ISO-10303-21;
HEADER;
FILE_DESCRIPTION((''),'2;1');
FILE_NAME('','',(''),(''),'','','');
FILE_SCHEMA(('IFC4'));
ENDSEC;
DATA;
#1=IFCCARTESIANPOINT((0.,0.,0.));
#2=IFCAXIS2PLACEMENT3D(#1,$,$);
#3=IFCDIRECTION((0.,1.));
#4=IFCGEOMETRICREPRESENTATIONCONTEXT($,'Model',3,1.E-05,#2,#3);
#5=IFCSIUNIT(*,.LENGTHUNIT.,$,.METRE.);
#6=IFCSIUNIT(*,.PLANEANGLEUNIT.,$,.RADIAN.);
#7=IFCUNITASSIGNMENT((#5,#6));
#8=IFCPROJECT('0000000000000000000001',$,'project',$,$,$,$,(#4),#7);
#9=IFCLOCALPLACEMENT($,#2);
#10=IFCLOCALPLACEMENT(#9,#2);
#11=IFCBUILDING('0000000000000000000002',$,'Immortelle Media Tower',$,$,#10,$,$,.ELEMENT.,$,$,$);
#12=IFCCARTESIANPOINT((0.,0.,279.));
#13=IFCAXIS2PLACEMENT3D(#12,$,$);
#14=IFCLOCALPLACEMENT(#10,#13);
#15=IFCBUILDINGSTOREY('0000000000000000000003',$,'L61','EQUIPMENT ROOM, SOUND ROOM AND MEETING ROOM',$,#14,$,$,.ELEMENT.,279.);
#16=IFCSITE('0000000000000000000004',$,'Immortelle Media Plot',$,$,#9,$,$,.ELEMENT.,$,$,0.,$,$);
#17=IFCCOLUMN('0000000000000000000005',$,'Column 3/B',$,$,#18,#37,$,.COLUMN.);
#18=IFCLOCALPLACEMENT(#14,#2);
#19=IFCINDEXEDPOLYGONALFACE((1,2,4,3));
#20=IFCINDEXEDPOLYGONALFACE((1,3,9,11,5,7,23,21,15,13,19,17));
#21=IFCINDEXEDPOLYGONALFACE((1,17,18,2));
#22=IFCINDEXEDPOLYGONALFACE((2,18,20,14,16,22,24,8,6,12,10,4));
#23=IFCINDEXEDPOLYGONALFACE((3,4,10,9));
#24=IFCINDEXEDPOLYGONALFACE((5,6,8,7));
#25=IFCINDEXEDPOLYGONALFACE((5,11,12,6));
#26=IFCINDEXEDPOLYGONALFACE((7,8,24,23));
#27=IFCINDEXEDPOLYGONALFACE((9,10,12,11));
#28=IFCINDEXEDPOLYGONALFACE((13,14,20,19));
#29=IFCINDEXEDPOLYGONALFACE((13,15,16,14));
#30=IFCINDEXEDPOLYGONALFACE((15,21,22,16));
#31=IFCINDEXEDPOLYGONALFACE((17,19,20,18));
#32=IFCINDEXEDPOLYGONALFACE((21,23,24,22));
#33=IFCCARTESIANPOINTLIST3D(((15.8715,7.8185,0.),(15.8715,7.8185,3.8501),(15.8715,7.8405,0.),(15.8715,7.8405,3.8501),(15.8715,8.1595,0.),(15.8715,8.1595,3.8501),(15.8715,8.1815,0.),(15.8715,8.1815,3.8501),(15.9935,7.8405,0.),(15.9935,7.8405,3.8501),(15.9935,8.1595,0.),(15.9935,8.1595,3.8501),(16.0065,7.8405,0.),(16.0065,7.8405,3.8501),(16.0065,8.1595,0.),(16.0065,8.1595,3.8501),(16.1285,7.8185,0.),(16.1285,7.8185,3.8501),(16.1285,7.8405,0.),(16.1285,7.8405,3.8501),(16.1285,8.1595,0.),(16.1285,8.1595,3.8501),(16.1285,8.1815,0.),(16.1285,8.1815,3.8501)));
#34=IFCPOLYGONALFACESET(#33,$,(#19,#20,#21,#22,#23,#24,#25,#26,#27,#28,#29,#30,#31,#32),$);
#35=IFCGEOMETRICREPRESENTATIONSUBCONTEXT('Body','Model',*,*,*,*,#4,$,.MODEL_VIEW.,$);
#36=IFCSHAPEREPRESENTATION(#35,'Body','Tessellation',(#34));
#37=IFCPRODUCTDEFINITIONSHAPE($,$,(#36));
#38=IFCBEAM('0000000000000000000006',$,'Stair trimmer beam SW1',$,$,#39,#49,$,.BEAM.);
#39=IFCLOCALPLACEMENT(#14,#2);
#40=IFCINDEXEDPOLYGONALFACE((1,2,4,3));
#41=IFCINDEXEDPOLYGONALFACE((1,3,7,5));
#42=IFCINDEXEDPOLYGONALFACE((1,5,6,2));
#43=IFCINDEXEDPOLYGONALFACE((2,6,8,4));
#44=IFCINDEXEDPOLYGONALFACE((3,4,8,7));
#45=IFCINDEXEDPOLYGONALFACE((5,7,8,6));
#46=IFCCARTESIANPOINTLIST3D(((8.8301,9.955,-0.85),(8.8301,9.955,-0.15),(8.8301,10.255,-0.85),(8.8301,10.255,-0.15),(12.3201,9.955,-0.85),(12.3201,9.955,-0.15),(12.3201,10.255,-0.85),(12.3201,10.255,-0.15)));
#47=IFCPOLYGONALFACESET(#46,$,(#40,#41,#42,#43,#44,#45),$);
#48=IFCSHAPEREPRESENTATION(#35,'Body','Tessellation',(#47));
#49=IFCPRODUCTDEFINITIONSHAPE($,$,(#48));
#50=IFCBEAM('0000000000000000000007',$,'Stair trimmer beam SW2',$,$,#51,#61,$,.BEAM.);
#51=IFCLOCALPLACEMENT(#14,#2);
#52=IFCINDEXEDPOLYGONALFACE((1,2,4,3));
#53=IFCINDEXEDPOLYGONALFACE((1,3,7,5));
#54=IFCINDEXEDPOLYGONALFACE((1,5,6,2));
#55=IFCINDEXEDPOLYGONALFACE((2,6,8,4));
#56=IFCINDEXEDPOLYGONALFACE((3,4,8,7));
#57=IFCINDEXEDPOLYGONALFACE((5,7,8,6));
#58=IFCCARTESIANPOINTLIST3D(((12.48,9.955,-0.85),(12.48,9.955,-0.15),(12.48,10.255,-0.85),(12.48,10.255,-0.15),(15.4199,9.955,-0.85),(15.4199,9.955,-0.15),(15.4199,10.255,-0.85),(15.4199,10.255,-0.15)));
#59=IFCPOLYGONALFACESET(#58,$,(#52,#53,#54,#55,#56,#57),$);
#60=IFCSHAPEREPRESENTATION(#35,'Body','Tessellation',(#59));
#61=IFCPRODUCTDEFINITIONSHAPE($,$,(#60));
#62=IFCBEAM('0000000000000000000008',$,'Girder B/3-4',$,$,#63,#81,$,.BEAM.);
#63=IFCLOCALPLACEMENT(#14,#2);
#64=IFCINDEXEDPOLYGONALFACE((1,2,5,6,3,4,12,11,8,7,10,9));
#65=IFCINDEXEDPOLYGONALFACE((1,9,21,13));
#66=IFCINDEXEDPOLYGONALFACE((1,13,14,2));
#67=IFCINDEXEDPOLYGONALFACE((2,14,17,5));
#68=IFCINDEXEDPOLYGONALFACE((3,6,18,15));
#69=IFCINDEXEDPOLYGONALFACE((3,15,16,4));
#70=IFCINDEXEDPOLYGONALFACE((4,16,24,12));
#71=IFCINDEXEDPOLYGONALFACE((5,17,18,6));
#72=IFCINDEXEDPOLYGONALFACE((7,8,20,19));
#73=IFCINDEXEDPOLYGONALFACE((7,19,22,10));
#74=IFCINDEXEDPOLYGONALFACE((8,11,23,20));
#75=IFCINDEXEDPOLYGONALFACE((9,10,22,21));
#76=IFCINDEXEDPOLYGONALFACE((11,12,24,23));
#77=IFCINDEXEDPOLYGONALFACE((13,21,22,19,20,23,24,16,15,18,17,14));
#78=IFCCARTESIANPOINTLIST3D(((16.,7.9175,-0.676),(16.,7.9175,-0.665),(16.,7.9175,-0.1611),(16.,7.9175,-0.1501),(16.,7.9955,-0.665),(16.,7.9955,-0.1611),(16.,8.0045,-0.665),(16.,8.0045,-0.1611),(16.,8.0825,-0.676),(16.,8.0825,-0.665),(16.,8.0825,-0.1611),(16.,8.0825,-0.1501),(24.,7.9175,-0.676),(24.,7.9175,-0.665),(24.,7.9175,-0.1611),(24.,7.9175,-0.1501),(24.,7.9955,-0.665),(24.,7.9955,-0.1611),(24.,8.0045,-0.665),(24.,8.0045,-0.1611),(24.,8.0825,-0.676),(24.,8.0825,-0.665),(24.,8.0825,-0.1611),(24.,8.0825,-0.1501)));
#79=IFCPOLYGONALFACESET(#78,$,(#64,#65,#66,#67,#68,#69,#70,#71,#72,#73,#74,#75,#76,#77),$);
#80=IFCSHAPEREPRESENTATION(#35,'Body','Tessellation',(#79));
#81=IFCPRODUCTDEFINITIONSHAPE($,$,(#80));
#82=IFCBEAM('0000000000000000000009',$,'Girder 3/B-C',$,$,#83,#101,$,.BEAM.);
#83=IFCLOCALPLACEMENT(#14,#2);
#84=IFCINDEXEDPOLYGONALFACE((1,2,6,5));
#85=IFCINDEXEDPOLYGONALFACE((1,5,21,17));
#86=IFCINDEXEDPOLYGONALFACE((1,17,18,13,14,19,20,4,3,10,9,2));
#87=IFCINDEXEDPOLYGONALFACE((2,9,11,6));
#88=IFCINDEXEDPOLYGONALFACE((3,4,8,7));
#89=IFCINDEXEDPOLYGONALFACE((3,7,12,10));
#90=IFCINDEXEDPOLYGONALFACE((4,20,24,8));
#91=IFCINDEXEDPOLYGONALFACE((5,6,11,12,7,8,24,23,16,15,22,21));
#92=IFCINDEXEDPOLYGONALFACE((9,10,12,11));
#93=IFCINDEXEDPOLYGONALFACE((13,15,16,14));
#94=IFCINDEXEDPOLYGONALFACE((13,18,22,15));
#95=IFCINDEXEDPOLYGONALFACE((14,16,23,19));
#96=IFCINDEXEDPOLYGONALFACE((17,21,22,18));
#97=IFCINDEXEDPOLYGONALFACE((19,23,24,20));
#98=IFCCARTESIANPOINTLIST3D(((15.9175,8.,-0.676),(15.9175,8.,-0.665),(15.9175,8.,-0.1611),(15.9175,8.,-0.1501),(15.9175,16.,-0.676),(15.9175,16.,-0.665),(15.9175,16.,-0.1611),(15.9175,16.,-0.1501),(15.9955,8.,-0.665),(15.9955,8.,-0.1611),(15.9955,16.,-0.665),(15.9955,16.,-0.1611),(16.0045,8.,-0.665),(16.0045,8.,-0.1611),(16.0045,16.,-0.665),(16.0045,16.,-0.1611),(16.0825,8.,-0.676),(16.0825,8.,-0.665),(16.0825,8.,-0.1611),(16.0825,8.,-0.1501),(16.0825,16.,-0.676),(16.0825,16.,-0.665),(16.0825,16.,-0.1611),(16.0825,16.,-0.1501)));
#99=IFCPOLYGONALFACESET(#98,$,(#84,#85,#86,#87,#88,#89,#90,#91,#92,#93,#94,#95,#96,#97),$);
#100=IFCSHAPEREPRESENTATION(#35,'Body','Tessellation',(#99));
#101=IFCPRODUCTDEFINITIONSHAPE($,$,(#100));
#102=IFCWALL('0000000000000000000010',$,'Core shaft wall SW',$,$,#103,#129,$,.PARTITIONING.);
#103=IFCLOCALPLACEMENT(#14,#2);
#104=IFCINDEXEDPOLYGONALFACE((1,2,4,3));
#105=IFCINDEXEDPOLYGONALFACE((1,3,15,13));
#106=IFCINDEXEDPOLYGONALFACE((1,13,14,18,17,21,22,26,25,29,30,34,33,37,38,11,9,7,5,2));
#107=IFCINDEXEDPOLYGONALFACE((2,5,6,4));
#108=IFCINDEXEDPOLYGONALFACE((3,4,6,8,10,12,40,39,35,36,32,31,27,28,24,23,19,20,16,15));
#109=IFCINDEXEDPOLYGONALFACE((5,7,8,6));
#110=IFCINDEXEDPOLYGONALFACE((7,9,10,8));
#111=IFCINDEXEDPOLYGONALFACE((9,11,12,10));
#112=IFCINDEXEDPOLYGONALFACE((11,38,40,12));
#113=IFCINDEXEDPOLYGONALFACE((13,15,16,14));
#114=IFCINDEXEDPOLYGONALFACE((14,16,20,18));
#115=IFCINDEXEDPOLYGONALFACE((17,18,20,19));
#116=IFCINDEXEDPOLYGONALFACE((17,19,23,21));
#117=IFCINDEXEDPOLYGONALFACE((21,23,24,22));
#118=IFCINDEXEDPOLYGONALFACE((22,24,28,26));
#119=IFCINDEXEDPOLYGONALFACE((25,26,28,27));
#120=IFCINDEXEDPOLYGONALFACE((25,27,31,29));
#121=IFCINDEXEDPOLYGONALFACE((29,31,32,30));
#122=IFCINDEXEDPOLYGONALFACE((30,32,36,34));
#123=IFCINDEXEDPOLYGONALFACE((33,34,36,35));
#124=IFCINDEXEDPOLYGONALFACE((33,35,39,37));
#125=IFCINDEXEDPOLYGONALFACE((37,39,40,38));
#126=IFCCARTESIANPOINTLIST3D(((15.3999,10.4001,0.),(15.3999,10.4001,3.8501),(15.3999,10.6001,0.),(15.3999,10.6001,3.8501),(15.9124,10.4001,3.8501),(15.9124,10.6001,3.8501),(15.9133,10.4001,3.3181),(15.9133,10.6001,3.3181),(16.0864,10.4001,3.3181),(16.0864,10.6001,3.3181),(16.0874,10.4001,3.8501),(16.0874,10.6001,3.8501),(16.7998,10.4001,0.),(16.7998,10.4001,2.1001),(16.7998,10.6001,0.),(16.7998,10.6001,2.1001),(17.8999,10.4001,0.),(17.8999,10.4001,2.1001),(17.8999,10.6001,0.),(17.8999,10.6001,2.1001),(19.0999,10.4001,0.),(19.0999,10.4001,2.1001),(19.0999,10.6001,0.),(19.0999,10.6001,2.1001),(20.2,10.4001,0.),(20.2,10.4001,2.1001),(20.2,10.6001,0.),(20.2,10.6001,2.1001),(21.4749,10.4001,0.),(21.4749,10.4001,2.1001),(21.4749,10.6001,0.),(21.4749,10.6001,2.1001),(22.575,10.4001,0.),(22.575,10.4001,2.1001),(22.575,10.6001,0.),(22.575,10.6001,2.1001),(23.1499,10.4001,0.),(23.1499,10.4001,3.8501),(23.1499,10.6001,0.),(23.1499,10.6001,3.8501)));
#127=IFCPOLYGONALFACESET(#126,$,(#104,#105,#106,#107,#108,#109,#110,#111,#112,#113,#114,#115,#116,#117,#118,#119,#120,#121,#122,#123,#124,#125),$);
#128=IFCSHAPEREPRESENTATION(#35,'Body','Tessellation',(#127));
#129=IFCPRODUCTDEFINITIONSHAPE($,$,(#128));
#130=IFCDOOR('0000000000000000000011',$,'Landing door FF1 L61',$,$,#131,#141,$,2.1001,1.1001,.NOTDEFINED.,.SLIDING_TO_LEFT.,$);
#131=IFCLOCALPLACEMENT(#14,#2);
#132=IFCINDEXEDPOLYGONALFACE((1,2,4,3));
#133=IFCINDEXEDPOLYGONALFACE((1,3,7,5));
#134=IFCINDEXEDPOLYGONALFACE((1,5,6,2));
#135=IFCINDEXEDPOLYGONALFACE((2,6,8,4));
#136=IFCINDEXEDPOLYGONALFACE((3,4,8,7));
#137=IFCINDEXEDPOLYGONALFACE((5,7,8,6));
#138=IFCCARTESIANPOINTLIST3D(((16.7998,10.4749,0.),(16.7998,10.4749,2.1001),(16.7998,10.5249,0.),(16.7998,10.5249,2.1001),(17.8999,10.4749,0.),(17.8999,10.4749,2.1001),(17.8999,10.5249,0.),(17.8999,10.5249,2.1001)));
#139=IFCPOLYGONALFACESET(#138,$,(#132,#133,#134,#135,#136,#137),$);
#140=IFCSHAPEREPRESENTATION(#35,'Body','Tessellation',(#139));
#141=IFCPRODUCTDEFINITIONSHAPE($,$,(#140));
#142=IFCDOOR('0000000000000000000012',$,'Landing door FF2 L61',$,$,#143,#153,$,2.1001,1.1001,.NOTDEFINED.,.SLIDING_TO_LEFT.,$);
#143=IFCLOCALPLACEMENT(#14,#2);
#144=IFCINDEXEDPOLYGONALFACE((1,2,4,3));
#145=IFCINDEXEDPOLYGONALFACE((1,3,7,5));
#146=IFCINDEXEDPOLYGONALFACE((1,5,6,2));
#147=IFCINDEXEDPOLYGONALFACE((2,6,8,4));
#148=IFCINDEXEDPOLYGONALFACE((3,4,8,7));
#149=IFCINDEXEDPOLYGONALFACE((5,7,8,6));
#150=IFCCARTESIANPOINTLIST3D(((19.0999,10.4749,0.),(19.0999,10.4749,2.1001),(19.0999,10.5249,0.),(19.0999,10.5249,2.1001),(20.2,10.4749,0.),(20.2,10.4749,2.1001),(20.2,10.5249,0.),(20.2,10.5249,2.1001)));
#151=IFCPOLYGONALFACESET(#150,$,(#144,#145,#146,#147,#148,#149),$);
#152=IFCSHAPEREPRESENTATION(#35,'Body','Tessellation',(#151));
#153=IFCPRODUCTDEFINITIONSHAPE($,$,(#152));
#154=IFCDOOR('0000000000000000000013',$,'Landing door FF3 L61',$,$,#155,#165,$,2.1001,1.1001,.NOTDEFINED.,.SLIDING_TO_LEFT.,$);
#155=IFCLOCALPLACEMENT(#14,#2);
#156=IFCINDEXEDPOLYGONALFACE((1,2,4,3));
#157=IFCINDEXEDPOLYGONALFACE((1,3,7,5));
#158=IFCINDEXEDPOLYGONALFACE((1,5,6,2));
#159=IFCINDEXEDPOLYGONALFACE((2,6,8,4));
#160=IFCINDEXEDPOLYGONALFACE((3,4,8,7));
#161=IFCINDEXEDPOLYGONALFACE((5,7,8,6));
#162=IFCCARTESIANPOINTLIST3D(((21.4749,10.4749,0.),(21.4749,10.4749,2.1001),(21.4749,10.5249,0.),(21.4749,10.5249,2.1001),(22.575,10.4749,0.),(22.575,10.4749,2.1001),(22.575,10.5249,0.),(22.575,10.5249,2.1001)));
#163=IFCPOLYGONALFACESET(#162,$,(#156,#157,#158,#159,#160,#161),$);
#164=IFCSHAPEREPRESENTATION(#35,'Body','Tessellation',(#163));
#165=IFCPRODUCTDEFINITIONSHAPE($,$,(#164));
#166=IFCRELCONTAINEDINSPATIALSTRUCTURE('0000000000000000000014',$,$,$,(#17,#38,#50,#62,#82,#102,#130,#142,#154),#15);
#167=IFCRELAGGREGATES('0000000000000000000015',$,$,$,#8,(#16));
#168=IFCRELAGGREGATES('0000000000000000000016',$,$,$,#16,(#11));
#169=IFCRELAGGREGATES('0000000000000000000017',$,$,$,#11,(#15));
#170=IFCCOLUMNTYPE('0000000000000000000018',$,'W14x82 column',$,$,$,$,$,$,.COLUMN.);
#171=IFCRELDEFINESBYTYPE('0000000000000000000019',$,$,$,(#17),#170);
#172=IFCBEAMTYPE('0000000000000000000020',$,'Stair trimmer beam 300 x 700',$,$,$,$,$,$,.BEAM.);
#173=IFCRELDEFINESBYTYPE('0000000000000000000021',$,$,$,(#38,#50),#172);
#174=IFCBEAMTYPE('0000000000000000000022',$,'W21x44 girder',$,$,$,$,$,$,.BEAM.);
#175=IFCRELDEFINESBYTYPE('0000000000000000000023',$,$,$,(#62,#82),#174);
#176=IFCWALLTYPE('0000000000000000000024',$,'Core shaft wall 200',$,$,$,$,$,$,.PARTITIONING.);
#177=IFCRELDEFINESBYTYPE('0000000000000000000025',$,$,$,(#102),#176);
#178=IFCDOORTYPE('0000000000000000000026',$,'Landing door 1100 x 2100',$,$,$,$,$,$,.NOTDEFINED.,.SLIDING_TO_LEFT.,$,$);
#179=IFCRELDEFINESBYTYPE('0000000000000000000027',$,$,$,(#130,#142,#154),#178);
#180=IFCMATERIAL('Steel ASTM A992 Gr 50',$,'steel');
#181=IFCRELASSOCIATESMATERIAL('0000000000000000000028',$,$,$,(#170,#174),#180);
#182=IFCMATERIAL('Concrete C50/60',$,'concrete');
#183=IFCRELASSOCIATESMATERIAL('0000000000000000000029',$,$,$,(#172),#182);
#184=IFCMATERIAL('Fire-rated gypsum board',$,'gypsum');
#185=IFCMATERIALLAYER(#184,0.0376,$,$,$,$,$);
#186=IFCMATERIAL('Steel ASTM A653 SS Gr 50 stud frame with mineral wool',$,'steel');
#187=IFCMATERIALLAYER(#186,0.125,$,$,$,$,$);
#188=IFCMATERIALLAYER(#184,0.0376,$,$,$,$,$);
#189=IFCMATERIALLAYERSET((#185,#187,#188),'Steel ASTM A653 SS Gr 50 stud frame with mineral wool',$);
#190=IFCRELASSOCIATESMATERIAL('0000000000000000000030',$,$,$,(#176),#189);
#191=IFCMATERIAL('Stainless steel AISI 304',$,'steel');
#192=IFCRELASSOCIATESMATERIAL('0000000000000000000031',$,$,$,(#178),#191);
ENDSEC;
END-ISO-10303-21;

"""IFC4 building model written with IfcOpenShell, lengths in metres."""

from ifc_helpers import new_model, si_unit, direction, frame, frame_2d, origin, origin_2d, place, context, subcontext, project, spatial, polyline, rectangle, i_section, outline, extrude, material, layer, layer_set, material_profile, profile_set, type_object, element, fill, save


model = new_model("IFC4")

# Units and contexts
model_context = context("Model", 3, precision=1e-05, world=origin(), true_north=direction((0.0, 1.0)))
body_context = subcontext(model_context, "Body", "Model", "MODEL_VIEW")
ifc_project = project(units=[si_unit("LENGTHUNIT", "METRE"), si_unit("PLANEANGLEUNIT", "RADIAN")], contexts=[model_context])

# Site, building, storey
site_placement = place(None, origin())
site = spatial("IfcSite", under=ifc_project, at=site_placement, Name="Immortelle Media Plot", CompositionType="ELEMENT", RefElevation=0.0)
building_placement = place(site_placement, origin())
building = spatial("IfcBuilding", under=site, at=building_placement, Name="Immortelle Media Tower", CompositionType="ELEMENT")
storey_placement = place(building_placement, frame((0.0, 0.0, 279.0)))
storey = spatial("IfcBuildingStorey", under=building, at=storey_placement, Name="L61", Description="EQUIPMENT ROOM, SOUND ROOM AND MEETING ROOM", CompositionType="ELEMENT", Elevation=279.0)

# Column
ifc_material_1 = material(Name="Steel ASTM A992 Gr 50", Category="steel")
ifc_material_profile_1 = material_profile(ifc_material_1, i_section(OverallWidth=0.2571, OverallDepth=0.363, WebThickness=0.0129, FlangeThickness=0.022, at=origin_2d()), Name="W14x82")
ifc_profile_set_1 = profile_set([ifc_material_profile_1], Name="Steel ASTM A992 Gr 50")
column_type = type_object("IfcColumnType", Name="W14x82 column", PredefinedType="COLUMN", material=ifc_profile_set_1)
column_placement = place(storey_placement, frame((16.0, 8.0, 0.0), z_axis=(0.0, 0.0, 1.0), x_axis=(1.0, 0.0, 0.0)))
element("IfcColumn", 1, at=column_placement, inside=storey, type_object=column_type, Name="Column 3/B", PredefinedType="COLUMN", context=body_context, shape_type="SweptSolid", body=[
    extrude(i_section(OverallWidth=0.2571, OverallDepth=0.363, WebThickness=0.0129, FlangeThickness=0.022, at=origin_2d()), origin(), (0.0, 0.0, 1.0), 3.8501),
])

# Beams
ifc_material_2 = material(Name="Concrete C50/60", Category="concrete")
ifc_material_profile_2 = material_profile(ifc_material_2, rectangle(XDim=0.3, YDim=0.7, at=origin_2d()), Name="RC 300x700")
ifc_profile_set_2 = profile_set([ifc_material_profile_2], Name="Concrete C50/60")
beam_type_1 = type_object("IfcBeamType", Name="Stair trimmer beam 300 x 700", PredefinedType="BEAM", material=ifc_profile_set_2)
beam_1_placement = place(storey_placement, frame((8.8301, 10.105, -0.5), z_axis=(1.0, 0.0, 0.0), x_axis=(0.0, 1.0, 0.0)))
element("IfcBeam", 2, at=beam_1_placement, inside=storey, type_object=beam_type_1, Name="Stair trimmer beam SW1", PredefinedType="BEAM", context=body_context, shape_type="SweptSolid", body=[
    extrude(rectangle(XDim=0.3, YDim=0.7, at=origin_2d()), origin(), (0.0, 0.0, 1.0), 3.49),
])
beam_2_placement = place(storey_placement, frame((12.48, 10.105, -0.5), z_axis=(1.0, 0.0, 0.0), x_axis=(0.0, 1.0, 0.0)))
element("IfcBeam", 3, at=beam_2_placement, inside=storey, type_object=beam_type_1, Name="Stair trimmer beam SW2", PredefinedType="BEAM", context=body_context, shape_type="SweptSolid", body=[
    extrude(rectangle(XDim=0.3, YDim=0.7, at=origin_2d()), origin(), (0.0, 0.0, 1.0), 2.9399),
])
ifc_material_profile_3 = material_profile(ifc_material_1, i_section(OverallWidth=0.165, OverallDepth=0.5259, WebThickness=0.009, FlangeThickness=0.011, at=origin_2d()), Name="W21x44")
ifc_profile_set_3 = profile_set([ifc_material_profile_3], Name="Steel ASTM A992 Gr 50")
beam_type_2 = type_object("IfcBeamType", Name="W21x44 girder", PredefinedType="BEAM", material=ifc_profile_set_3)
for number, where, z_axis, x_axis, name in (
    (4, (16.0, 8.0, -0.4131), (1.0, 0.0, 0.0), (0.0, 1.0, 0.0), "Girder B/3-4"),
    (5, (16.0, 8.0, -0.4131), (0.0, 1.0, 0.0), (-1.0, 0.0, 0.0), "Girder 3/B-C"),
):
    element("IfcBeam", number, at=place(storey_placement, frame(where, z_axis=z_axis, x_axis=x_axis)), inside=storey, type_object=beam_type_2, Name=name, PredefinedType="BEAM", context=body_context, shape_type="SweptSolid", body=[
        extrude(i_section(OverallWidth=0.165, OverallDepth=0.5259, WebThickness=0.009, FlangeThickness=0.011, at=origin_2d()), origin(), (0.0, 0.0, 1.0), 8.0),
    ])

# Wall, openings, doors
ifc_material_3 = material(Name="Fire-rated gypsum board", Category="gypsum")
ifc_layer_1 = layer(ifc_material_3, 0.0376)
ifc_material_4 = material(Name="Steel ASTM A653 SS Gr 50 stud frame with mineral wool", Category="steel")
ifc_layer_2 = layer(ifc_material_4, 0.125)
ifc_layer_3 = layer(ifc_material_3, 0.0376)
ifc_layer_set_1 = layer_set([ifc_layer_1, ifc_layer_2, ifc_layer_3], Name="Steel ASTM A653 SS Gr 50 stud frame with mineral wool")
wall_type_1 = type_object("IfcWallType", Name="Core shaft wall 200", PredefinedType="PARTITIONING", material=ifc_layer_set_1)
wall_1_placement = place(storey_placement, frame((15.3999, 10.5, 0.0), z_axis=(0.0, 0.0, 1.0), x_axis=(1.0, 0.0, 0.0)))
wall_1 = element("IfcWall", 6, at=wall_1_placement, inside=storey, type_object=wall_type_1, Name="Core shaft wall SW", PredefinedType="PARTITIONING", context=body_context, shape_type="SweptSolid", body=[
    extrude(outline(polyline([(0.0, 0.0), (7.75, 0.0), (7.75, 3.8501), (0.6875, 3.8501), (0.6865, 3.3181), (0.5134, 3.3181), (0.5125, 3.8501), (0.0, 3.8501), (0.0, 0.0)])), frame((0.0, 0.1001, 0.0), z_axis=(0.0, -1.0, 0.0), x_axis=(1.0, 0.0, 0.0)), (0.0, 0.0, 1.0), 0.2),
])
opening_1_placement = place(wall_1_placement, frame((1.3999, 0.0, 0.0)))
opening_1 = element("IfcOpeningElement", 7, at=opening_1_placement, cuts=wall_1, PredefinedType="OPENING", context=body_context, shape_type="SweptSolid", body=[
    extrude(rectangle(XDim=1.1001, YDim=2.1001, at=frame_2d((0.55, 1.05))), frame((0.0, 0.1099, 0.0), z_axis=(0.0, -1.0, 0.0), x_axis=(1.0, 0.0, 0.0)), (0.0, 0.0, 1.0), 0.22),
])
opening_2_placement = place(wall_1_placement, frame((3.7, 0.0, 0.0)))
opening_2 = element("IfcOpeningElement", 8, at=opening_2_placement, cuts=wall_1, PredefinedType="OPENING", context=body_context, shape_type="SweptSolid", body=[
    extrude(rectangle(XDim=1.1001, YDim=2.1001, at=frame_2d((0.55, 1.05))), frame((0.0, 0.1099, 0.0), z_axis=(0.0, -1.0, 0.0), x_axis=(1.0, 0.0, 0.0)), (0.0, 0.0, 1.0), 0.22),
])
opening_3_placement = place(wall_1_placement, frame((6.075, 0.0, 0.0)))
opening_3 = element("IfcOpeningElement", 9, at=opening_3_placement, cuts=wall_1, PredefinedType="OPENING", context=body_context, shape_type="SweptSolid", body=[
    extrude(rectangle(XDim=1.1001, YDim=2.1001, at=frame_2d((0.55, 1.05))), frame((0.0, 0.1099, 0.0), z_axis=(0.0, -1.0, 0.0), x_axis=(1.0, 0.0, 0.0)), (0.0, 0.0, 1.0), 0.22),
])
ifc_material_5 = material(Name="Stainless steel AISI 304", Category="steel")
door_type_1 = type_object("IfcDoorType", Name="Landing door 1100 x 2100", OperationType="SLIDING_TO_LEFT", PredefinedType="NOTDEFINED", material=ifc_material_5)
door_1_placement = place(opening_1_placement, origin())
door_1 = element("IfcDoor", 10, at=door_1_placement, inside=storey, type_object=door_type_1, Name="Landing door FF1 L61", OperationType="SLIDING_TO_LEFT", OverallHeight=2.1001, OverallWidth=1.1001, PredefinedType="NOTDEFINED", context=body_context, shape_type="SweptSolid", body=[
    extrude(rectangle(XDim=1.1001, YDim=2.1001, at=frame_2d((0.55, 1.05))), frame((0.0, 0.0249, 0.0), z_axis=(0.0, -1.0, 0.0), x_axis=(1.0, 0.0, 0.0)), (0.0, 0.0, 1.0), 0.05),
])
fill(opening_1, door_1)
door_2_placement = place(opening_2_placement, origin())
door_2 = element("IfcDoor", 11, at=door_2_placement, inside=storey, type_object=door_type_1, Name="Landing door FF2 L61", OperationType="SLIDING_TO_LEFT", OverallHeight=2.1001, OverallWidth=1.1001, PredefinedType="NOTDEFINED", context=body_context, shape_type="SweptSolid", body=[
    extrude(rectangle(XDim=1.1001, YDim=2.1001, at=frame_2d((0.55, 1.05))), frame((0.0, 0.0249, 0.0), z_axis=(0.0, -1.0, 0.0), x_axis=(1.0, 0.0, 0.0)), (0.0, 0.0, 1.0), 0.05),
])
fill(opening_2, door_2)
door_3_placement = place(opening_3_placement, origin())
door_3 = element("IfcDoor", 12, at=door_3_placement, inside=storey, type_object=door_type_1, Name="Landing door FF3 L61", OperationType="SLIDING_TO_LEFT", OverallHeight=2.1001, OverallWidth=1.1001, PredefinedType="NOTDEFINED", context=body_context, shape_type="SweptSolid", body=[
    extrude(rectangle(XDim=1.1001, YDim=2.1001, at=frame_2d((0.55, 1.05))), frame((0.0, 0.0249, 0.0), z_axis=(0.0, -1.0, 0.0), x_axis=(1.0, 0.0, 0.0)), (0.0, 0.0, 1.0), 0.05),
])
fill(opening_3, door_3)

save(model, "model.ifc")
